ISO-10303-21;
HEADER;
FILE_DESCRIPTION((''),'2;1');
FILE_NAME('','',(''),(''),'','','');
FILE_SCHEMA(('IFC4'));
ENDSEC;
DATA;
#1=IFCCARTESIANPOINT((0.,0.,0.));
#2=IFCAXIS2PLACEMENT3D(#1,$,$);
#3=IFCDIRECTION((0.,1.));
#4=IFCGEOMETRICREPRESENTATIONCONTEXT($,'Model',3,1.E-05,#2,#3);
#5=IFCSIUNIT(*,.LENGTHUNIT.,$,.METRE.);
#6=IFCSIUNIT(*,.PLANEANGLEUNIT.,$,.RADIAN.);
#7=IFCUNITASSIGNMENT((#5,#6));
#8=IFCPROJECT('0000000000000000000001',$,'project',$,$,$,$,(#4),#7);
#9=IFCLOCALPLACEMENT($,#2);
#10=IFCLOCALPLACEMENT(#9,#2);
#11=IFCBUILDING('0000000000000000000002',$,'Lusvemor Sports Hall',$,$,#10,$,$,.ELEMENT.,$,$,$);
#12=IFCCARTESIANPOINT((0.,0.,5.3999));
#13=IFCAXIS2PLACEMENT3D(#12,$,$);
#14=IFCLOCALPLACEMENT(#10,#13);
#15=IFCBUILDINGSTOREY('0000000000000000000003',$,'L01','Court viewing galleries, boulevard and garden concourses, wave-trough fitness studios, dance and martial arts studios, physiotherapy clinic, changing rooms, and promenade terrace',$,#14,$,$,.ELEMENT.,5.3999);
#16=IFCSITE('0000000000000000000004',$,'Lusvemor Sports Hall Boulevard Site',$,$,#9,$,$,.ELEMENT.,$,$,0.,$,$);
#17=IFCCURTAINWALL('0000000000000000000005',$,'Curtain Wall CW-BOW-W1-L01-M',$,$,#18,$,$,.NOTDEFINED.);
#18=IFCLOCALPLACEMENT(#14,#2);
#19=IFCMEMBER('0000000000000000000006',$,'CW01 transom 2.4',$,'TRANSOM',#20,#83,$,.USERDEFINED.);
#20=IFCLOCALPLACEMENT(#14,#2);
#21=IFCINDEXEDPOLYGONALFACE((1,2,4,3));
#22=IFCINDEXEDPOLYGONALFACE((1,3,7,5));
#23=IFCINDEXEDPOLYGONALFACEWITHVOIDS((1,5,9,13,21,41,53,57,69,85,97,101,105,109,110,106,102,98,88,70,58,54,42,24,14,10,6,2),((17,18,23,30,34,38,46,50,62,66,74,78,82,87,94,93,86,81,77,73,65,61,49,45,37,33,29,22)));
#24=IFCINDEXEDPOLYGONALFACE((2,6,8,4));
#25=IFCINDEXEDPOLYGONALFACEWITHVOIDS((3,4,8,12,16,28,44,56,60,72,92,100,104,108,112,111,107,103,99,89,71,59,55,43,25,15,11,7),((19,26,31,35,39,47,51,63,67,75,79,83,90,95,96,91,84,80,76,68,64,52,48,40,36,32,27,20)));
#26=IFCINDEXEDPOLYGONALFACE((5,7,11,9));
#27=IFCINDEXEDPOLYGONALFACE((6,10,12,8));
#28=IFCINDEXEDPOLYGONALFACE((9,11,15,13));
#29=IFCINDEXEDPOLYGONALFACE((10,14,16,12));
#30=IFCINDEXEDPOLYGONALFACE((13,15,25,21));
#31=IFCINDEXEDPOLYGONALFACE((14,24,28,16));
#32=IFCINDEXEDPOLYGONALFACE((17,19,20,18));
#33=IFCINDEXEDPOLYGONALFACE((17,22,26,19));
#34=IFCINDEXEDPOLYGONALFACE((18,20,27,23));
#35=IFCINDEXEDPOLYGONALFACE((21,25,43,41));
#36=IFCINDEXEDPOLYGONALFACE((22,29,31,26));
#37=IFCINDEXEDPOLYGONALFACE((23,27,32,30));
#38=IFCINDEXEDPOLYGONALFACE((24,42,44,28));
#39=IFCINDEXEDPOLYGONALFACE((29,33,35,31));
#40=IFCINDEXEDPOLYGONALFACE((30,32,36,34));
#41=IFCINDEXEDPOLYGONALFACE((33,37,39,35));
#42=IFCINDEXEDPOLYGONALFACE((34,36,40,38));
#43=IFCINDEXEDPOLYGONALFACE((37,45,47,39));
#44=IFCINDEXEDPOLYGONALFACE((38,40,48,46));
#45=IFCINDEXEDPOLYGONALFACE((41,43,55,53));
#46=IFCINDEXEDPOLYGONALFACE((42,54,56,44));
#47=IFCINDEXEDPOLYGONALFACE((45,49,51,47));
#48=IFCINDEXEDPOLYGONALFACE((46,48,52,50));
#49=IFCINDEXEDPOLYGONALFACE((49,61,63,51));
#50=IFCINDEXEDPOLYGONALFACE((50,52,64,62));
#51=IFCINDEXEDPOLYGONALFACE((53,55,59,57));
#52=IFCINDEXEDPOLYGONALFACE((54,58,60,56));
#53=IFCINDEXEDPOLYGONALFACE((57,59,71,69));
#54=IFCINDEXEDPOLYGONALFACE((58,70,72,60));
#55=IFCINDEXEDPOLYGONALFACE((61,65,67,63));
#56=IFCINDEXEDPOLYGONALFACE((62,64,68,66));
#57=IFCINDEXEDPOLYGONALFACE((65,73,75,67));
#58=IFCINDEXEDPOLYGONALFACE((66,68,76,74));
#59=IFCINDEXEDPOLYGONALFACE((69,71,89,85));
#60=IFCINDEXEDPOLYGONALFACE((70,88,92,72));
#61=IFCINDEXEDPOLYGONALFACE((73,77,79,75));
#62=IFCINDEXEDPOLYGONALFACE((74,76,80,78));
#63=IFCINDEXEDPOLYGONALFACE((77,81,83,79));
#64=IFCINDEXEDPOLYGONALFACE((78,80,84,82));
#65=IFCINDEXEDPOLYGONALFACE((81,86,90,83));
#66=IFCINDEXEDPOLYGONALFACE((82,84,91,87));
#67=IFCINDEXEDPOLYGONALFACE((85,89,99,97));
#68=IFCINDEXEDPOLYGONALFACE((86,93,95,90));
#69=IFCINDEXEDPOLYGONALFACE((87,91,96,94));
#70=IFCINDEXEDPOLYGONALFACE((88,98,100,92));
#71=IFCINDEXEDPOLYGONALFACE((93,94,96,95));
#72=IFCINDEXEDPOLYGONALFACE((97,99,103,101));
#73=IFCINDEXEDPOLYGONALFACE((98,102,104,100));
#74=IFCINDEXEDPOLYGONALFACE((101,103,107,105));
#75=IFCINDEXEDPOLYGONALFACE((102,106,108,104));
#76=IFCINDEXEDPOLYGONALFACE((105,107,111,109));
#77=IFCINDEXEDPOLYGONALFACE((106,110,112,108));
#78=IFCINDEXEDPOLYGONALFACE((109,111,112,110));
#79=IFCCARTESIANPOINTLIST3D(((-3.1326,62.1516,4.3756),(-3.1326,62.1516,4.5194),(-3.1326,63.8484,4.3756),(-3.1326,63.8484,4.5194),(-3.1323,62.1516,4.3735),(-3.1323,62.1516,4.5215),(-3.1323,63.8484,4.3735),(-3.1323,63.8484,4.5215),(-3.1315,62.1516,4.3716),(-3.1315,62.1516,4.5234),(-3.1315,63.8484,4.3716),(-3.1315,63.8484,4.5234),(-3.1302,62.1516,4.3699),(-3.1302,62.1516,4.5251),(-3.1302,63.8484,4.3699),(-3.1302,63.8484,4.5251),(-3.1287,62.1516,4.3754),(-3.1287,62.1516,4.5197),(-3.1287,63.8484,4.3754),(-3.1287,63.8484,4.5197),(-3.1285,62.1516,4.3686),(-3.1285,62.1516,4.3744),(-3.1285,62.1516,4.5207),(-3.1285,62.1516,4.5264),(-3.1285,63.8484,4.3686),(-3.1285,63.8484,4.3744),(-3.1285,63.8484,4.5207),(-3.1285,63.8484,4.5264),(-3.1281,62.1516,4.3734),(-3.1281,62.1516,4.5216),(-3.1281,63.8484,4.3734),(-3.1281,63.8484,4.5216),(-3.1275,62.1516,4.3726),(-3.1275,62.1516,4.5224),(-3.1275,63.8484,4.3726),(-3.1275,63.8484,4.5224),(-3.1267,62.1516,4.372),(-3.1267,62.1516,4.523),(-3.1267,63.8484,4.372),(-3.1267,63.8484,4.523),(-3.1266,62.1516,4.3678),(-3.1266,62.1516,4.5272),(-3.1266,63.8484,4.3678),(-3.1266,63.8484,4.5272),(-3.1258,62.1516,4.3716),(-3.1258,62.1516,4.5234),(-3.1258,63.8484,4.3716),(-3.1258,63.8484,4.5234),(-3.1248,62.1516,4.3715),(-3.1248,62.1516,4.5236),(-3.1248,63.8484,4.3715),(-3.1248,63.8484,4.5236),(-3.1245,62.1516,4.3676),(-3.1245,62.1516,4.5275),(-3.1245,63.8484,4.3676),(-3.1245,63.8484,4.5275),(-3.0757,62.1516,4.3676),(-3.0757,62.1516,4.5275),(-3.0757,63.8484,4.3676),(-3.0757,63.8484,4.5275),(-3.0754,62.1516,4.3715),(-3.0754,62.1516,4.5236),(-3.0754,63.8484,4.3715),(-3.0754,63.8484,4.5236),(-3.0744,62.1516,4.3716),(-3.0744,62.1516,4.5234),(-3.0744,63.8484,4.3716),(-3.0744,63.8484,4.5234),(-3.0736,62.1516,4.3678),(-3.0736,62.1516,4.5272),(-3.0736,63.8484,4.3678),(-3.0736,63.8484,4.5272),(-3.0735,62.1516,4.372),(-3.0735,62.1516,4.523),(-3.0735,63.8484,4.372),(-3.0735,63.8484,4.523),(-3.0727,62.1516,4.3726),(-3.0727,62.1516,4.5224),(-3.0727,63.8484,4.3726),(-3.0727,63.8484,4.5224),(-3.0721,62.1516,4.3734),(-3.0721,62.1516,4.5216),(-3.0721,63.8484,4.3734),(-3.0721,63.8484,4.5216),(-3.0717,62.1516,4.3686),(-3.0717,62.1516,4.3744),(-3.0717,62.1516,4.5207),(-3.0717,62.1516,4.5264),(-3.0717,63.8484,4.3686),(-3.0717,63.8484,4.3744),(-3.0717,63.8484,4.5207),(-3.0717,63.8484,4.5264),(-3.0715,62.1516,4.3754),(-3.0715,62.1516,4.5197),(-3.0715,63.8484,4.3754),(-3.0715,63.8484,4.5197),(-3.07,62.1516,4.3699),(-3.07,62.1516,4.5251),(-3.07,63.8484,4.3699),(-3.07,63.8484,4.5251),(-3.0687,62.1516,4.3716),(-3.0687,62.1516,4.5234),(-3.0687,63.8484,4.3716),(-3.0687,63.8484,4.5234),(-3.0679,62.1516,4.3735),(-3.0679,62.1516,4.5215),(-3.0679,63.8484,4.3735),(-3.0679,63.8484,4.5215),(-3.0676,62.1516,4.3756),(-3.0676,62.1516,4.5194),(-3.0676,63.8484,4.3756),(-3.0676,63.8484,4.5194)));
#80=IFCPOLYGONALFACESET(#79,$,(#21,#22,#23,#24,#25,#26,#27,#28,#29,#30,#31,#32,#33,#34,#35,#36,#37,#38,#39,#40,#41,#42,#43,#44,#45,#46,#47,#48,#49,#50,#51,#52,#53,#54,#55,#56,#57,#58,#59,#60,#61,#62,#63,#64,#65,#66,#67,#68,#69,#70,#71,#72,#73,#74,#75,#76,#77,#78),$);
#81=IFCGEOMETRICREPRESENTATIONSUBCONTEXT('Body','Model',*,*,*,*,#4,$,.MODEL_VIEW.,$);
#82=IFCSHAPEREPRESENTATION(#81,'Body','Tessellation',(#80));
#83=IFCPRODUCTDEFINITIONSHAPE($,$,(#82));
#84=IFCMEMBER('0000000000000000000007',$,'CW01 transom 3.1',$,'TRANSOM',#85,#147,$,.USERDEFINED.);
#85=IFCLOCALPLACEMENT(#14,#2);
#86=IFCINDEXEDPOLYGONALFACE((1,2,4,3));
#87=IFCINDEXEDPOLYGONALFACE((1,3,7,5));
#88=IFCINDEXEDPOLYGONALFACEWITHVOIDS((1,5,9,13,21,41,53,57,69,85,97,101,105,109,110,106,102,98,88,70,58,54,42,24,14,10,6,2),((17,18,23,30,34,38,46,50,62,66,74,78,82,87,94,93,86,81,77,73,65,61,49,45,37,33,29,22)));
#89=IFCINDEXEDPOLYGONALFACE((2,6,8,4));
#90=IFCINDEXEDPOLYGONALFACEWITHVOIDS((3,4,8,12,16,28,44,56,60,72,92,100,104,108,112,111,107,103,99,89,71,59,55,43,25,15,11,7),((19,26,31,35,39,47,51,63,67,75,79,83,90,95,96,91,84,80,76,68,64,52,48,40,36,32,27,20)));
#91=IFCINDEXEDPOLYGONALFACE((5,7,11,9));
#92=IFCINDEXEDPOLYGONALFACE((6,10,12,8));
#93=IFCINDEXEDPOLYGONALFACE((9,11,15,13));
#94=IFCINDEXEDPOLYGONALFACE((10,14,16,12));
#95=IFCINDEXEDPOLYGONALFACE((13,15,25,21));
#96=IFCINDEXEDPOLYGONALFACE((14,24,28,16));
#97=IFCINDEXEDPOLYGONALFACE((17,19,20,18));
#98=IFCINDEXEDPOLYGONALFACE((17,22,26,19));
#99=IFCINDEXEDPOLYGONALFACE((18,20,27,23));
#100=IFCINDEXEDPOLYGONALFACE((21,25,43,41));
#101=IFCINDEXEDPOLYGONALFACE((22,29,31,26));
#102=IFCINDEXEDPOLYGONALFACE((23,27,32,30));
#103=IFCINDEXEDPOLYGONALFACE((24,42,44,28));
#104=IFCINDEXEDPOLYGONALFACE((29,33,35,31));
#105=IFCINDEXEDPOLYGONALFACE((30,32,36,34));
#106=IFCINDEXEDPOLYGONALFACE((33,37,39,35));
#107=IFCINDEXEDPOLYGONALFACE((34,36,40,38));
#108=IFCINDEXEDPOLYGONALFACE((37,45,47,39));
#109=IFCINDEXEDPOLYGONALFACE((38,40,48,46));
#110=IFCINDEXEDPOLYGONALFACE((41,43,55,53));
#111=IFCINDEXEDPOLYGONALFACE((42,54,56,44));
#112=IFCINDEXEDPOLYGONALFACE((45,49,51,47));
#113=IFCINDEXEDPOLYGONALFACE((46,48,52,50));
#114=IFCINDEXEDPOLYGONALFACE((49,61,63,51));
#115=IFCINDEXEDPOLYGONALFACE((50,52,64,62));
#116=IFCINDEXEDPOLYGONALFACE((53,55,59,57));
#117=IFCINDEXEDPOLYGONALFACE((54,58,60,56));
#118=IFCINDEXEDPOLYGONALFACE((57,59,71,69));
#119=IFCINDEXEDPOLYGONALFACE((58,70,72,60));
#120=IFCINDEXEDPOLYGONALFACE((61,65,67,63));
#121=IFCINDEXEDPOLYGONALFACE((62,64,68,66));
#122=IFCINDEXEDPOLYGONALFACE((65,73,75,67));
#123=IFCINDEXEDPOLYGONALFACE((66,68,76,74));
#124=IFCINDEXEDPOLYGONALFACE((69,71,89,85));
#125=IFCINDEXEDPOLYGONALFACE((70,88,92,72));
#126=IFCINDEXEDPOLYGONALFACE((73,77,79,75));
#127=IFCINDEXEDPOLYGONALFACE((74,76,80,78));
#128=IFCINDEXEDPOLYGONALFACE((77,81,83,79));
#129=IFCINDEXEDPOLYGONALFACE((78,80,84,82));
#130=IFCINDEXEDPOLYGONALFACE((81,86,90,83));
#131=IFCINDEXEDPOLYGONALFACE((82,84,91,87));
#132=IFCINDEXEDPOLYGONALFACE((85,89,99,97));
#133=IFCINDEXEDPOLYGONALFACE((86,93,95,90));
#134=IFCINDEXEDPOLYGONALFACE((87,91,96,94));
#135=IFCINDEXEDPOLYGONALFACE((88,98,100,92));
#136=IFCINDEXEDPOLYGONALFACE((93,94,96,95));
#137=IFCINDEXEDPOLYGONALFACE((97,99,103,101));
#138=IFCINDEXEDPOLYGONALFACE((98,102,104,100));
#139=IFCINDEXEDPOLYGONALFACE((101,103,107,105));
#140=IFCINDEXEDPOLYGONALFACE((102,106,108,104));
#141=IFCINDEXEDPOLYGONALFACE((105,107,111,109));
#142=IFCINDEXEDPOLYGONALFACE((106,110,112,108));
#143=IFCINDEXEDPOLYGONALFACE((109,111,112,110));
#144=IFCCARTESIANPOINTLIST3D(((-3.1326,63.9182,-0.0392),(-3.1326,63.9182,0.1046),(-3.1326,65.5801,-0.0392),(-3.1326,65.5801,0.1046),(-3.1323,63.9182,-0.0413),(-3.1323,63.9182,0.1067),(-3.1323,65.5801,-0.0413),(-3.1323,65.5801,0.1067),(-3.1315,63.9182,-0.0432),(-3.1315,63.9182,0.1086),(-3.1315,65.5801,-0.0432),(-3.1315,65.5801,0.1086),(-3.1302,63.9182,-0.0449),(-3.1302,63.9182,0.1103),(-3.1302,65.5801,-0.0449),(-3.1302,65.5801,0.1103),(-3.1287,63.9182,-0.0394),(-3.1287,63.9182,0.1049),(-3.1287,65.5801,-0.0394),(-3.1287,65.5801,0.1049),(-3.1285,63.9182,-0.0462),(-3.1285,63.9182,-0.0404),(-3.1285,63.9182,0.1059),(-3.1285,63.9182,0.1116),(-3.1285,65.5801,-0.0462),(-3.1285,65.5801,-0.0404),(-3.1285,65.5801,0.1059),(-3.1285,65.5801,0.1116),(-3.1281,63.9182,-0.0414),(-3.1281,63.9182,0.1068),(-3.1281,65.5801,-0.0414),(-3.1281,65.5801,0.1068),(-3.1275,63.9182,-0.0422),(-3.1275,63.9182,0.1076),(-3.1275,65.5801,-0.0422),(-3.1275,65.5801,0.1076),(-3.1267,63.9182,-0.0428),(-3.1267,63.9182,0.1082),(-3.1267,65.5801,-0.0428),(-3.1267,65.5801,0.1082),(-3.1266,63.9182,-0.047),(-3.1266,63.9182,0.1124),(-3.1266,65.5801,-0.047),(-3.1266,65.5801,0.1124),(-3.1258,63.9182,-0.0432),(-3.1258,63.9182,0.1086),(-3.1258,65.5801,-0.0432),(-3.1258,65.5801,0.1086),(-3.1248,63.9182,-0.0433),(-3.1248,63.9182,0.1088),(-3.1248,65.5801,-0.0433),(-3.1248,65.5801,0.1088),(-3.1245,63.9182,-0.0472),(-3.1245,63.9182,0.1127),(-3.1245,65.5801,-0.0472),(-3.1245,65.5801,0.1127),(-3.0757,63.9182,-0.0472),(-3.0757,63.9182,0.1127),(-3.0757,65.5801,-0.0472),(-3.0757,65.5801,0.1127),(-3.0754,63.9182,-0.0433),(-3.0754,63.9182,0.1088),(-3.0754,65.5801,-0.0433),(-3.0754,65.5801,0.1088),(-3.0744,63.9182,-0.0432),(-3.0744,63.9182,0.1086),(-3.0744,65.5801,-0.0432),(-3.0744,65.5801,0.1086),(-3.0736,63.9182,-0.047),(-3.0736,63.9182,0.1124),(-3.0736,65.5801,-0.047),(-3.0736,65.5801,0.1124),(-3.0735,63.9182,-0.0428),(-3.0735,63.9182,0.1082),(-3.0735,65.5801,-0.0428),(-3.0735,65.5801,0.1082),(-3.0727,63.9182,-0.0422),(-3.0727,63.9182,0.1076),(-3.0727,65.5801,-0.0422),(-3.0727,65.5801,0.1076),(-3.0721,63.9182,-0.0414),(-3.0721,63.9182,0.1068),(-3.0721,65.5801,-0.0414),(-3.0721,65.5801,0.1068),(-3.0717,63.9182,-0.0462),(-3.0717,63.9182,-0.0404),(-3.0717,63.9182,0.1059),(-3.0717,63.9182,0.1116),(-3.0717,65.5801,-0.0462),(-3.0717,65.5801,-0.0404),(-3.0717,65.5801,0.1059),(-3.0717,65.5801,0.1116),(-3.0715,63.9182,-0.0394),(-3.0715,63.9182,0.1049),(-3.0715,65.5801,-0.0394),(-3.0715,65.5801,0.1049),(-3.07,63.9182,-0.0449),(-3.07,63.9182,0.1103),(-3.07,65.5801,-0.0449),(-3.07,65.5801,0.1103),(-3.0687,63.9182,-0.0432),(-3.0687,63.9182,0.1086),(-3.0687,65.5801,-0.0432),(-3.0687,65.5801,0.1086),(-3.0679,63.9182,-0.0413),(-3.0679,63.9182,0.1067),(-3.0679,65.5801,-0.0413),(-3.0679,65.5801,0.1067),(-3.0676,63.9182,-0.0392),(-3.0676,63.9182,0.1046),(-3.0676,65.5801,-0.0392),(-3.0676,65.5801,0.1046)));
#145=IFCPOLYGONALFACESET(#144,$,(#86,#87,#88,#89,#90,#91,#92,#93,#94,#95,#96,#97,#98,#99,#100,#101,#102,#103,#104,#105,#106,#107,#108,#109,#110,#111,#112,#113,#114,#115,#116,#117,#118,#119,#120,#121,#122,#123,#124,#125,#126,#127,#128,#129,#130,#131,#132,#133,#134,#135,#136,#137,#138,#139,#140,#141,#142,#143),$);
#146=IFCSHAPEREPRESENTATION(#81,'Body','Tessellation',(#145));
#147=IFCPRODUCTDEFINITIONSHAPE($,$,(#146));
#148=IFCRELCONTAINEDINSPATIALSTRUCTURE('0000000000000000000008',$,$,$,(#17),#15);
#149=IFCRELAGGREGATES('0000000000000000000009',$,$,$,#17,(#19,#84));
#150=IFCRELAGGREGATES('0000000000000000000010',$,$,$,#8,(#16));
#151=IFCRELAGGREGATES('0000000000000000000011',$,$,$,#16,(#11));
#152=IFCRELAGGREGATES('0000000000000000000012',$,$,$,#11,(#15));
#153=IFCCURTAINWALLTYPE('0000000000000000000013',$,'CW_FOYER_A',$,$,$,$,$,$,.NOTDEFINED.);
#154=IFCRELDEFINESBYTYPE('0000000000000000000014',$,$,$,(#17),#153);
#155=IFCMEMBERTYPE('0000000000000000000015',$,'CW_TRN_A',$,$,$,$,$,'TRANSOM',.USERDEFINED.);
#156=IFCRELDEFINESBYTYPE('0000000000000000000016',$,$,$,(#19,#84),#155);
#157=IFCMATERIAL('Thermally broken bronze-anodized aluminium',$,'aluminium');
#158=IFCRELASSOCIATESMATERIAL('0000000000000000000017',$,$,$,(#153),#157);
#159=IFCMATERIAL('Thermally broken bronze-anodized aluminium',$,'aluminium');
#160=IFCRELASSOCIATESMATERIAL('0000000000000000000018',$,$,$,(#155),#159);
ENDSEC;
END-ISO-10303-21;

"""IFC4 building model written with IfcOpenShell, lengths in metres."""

from ifc_helpers import new_model, si_unit, direction, frame, origin, origin_2d, place, context, subcontext, project, spatial, hollow_rectangle, extrude, material, material_profile, profile_set, type_object, element, aggregate, save


model = new_model("IFC4")

# Units and contexts
model_context = context("Model", 3, precision=1e-05, world=origin(), true_north=direction((0.0, 1.0)))
body_context = subcontext(model_context, "Body", "Model", "MODEL_VIEW")
ifc_project = project(units=[si_unit("LENGTHUNIT", "METRE"), si_unit("PLANEANGLEUNIT", "RADIAN")], contexts=[model_context])

# Site, building, storey
site_placement = place(None, origin())
site = spatial("IfcSite", under=ifc_project, at=site_placement, Name="Lusvemor Sports Hall Boulevard Site", CompositionType="ELEMENT", RefElevation=0.0)
building_placement = place(site_placement, origin())
building = spatial("IfcBuilding", under=site, at=building_placement, Name="Lusvemor Sports Hall", CompositionType="ELEMENT")
storey_placement = place(building_placement, frame((0.0, 0.0, 5.3999)))
storey = spatial("IfcBuildingStorey", under=building, at=storey_placement, Name="L01", Description="Court viewing galleries, boulevard and garden concourses, wave-trough fitness studios, dance and martial arts studios, physiotherapy clinic, changing rooms, and promenade terrace", CompositionType="ELEMENT", Elevation=5.3999)

# Curtain wall, members
ifc_material_1 = material(Name="Thermally broken bronze-anodized aluminium", Category="aluminium")
curtain_wall_type = type_object("IfcCurtainWallType", Name="CW_FOYER_A", PredefinedType="NOTDEFINED", material=ifc_material_1)
curtain_wall_placement = place(storey_placement, origin())
curtain_wall = element("IfcCurtainWall", 1, at=curtain_wall_placement, inside=storey, type_object=curtain_wall_type, Name="Curtain Wall CW-BOW-W1-L01-M", PredefinedType="NOTDEFINED")
ifc_material_2 = material(Name="Thermally broken bronze-anodized aluminium", Category="aluminium")
ifc_material_profile_1 = material_profile(ifc_material_2, hollow_rectangle(XDim=0.0649, YDim=0.1599, WallThickness=0.0039, InnerFilletRadius=0.0039, OuterFilletRadius=0.0081, at=origin_2d()), Name="CWTRN160x65x4")
ifc_profile_set_1 = profile_set([ifc_material_profile_1], Name="Thermally broken bronze-anodized aluminium")
member_type_1 = type_object("IfcMemberType", Name="CW_TRN_A", ElementType="TRANSOM", PredefinedType="USERDEFINED", material=ifc_profile_set_1)
member_1_placement = place(storey_placement, frame((-3.1001, 62.1516, 4.4475), z_axis=(0.0, 1.0, 0.0), x_axis=(-1.0, 0.0, 0.0)))
member_1 = element("IfcMember", 2, at=member_1_placement, type_object=member_type_1, Name="CW01 transom 2.4", ObjectType="TRANSOM", PredefinedType="USERDEFINED", context=body_context, shape_type="SweptSolid", body=[
    extrude(hollow_rectangle(XDim=0.0649, YDim=0.1599, WallThickness=0.0039, InnerFilletRadius=0.0039, OuterFilletRadius=0.0081, at=origin_2d()), origin(), (0.0, 0.0, 1.0), 1.6968),
])
member_2_placement = place(storey_placement, frame((-3.1001, 63.9182, 0.0327), z_axis=(0.0, 1.0, 0.0), x_axis=(-1.0, 0.0, 0.0)))
member_2 = element("IfcMember", 3, at=member_2_placement, type_object=member_type_1, Name="CW01 transom 3.1", ObjectType="TRANSOM", PredefinedType="USERDEFINED", context=body_context, shape_type="SweptSolid", body=[
    extrude(hollow_rectangle(XDim=0.0649, YDim=0.1599, WallThickness=0.0039, InnerFilletRadius=0.0039, OuterFilletRadius=0.0081, at=origin_2d()), origin(), (0.0, 0.0, 1.0), 1.6619),
])

aggregate(curtain_wall, [member_1, member_2])

save(model, "model.ifc")
